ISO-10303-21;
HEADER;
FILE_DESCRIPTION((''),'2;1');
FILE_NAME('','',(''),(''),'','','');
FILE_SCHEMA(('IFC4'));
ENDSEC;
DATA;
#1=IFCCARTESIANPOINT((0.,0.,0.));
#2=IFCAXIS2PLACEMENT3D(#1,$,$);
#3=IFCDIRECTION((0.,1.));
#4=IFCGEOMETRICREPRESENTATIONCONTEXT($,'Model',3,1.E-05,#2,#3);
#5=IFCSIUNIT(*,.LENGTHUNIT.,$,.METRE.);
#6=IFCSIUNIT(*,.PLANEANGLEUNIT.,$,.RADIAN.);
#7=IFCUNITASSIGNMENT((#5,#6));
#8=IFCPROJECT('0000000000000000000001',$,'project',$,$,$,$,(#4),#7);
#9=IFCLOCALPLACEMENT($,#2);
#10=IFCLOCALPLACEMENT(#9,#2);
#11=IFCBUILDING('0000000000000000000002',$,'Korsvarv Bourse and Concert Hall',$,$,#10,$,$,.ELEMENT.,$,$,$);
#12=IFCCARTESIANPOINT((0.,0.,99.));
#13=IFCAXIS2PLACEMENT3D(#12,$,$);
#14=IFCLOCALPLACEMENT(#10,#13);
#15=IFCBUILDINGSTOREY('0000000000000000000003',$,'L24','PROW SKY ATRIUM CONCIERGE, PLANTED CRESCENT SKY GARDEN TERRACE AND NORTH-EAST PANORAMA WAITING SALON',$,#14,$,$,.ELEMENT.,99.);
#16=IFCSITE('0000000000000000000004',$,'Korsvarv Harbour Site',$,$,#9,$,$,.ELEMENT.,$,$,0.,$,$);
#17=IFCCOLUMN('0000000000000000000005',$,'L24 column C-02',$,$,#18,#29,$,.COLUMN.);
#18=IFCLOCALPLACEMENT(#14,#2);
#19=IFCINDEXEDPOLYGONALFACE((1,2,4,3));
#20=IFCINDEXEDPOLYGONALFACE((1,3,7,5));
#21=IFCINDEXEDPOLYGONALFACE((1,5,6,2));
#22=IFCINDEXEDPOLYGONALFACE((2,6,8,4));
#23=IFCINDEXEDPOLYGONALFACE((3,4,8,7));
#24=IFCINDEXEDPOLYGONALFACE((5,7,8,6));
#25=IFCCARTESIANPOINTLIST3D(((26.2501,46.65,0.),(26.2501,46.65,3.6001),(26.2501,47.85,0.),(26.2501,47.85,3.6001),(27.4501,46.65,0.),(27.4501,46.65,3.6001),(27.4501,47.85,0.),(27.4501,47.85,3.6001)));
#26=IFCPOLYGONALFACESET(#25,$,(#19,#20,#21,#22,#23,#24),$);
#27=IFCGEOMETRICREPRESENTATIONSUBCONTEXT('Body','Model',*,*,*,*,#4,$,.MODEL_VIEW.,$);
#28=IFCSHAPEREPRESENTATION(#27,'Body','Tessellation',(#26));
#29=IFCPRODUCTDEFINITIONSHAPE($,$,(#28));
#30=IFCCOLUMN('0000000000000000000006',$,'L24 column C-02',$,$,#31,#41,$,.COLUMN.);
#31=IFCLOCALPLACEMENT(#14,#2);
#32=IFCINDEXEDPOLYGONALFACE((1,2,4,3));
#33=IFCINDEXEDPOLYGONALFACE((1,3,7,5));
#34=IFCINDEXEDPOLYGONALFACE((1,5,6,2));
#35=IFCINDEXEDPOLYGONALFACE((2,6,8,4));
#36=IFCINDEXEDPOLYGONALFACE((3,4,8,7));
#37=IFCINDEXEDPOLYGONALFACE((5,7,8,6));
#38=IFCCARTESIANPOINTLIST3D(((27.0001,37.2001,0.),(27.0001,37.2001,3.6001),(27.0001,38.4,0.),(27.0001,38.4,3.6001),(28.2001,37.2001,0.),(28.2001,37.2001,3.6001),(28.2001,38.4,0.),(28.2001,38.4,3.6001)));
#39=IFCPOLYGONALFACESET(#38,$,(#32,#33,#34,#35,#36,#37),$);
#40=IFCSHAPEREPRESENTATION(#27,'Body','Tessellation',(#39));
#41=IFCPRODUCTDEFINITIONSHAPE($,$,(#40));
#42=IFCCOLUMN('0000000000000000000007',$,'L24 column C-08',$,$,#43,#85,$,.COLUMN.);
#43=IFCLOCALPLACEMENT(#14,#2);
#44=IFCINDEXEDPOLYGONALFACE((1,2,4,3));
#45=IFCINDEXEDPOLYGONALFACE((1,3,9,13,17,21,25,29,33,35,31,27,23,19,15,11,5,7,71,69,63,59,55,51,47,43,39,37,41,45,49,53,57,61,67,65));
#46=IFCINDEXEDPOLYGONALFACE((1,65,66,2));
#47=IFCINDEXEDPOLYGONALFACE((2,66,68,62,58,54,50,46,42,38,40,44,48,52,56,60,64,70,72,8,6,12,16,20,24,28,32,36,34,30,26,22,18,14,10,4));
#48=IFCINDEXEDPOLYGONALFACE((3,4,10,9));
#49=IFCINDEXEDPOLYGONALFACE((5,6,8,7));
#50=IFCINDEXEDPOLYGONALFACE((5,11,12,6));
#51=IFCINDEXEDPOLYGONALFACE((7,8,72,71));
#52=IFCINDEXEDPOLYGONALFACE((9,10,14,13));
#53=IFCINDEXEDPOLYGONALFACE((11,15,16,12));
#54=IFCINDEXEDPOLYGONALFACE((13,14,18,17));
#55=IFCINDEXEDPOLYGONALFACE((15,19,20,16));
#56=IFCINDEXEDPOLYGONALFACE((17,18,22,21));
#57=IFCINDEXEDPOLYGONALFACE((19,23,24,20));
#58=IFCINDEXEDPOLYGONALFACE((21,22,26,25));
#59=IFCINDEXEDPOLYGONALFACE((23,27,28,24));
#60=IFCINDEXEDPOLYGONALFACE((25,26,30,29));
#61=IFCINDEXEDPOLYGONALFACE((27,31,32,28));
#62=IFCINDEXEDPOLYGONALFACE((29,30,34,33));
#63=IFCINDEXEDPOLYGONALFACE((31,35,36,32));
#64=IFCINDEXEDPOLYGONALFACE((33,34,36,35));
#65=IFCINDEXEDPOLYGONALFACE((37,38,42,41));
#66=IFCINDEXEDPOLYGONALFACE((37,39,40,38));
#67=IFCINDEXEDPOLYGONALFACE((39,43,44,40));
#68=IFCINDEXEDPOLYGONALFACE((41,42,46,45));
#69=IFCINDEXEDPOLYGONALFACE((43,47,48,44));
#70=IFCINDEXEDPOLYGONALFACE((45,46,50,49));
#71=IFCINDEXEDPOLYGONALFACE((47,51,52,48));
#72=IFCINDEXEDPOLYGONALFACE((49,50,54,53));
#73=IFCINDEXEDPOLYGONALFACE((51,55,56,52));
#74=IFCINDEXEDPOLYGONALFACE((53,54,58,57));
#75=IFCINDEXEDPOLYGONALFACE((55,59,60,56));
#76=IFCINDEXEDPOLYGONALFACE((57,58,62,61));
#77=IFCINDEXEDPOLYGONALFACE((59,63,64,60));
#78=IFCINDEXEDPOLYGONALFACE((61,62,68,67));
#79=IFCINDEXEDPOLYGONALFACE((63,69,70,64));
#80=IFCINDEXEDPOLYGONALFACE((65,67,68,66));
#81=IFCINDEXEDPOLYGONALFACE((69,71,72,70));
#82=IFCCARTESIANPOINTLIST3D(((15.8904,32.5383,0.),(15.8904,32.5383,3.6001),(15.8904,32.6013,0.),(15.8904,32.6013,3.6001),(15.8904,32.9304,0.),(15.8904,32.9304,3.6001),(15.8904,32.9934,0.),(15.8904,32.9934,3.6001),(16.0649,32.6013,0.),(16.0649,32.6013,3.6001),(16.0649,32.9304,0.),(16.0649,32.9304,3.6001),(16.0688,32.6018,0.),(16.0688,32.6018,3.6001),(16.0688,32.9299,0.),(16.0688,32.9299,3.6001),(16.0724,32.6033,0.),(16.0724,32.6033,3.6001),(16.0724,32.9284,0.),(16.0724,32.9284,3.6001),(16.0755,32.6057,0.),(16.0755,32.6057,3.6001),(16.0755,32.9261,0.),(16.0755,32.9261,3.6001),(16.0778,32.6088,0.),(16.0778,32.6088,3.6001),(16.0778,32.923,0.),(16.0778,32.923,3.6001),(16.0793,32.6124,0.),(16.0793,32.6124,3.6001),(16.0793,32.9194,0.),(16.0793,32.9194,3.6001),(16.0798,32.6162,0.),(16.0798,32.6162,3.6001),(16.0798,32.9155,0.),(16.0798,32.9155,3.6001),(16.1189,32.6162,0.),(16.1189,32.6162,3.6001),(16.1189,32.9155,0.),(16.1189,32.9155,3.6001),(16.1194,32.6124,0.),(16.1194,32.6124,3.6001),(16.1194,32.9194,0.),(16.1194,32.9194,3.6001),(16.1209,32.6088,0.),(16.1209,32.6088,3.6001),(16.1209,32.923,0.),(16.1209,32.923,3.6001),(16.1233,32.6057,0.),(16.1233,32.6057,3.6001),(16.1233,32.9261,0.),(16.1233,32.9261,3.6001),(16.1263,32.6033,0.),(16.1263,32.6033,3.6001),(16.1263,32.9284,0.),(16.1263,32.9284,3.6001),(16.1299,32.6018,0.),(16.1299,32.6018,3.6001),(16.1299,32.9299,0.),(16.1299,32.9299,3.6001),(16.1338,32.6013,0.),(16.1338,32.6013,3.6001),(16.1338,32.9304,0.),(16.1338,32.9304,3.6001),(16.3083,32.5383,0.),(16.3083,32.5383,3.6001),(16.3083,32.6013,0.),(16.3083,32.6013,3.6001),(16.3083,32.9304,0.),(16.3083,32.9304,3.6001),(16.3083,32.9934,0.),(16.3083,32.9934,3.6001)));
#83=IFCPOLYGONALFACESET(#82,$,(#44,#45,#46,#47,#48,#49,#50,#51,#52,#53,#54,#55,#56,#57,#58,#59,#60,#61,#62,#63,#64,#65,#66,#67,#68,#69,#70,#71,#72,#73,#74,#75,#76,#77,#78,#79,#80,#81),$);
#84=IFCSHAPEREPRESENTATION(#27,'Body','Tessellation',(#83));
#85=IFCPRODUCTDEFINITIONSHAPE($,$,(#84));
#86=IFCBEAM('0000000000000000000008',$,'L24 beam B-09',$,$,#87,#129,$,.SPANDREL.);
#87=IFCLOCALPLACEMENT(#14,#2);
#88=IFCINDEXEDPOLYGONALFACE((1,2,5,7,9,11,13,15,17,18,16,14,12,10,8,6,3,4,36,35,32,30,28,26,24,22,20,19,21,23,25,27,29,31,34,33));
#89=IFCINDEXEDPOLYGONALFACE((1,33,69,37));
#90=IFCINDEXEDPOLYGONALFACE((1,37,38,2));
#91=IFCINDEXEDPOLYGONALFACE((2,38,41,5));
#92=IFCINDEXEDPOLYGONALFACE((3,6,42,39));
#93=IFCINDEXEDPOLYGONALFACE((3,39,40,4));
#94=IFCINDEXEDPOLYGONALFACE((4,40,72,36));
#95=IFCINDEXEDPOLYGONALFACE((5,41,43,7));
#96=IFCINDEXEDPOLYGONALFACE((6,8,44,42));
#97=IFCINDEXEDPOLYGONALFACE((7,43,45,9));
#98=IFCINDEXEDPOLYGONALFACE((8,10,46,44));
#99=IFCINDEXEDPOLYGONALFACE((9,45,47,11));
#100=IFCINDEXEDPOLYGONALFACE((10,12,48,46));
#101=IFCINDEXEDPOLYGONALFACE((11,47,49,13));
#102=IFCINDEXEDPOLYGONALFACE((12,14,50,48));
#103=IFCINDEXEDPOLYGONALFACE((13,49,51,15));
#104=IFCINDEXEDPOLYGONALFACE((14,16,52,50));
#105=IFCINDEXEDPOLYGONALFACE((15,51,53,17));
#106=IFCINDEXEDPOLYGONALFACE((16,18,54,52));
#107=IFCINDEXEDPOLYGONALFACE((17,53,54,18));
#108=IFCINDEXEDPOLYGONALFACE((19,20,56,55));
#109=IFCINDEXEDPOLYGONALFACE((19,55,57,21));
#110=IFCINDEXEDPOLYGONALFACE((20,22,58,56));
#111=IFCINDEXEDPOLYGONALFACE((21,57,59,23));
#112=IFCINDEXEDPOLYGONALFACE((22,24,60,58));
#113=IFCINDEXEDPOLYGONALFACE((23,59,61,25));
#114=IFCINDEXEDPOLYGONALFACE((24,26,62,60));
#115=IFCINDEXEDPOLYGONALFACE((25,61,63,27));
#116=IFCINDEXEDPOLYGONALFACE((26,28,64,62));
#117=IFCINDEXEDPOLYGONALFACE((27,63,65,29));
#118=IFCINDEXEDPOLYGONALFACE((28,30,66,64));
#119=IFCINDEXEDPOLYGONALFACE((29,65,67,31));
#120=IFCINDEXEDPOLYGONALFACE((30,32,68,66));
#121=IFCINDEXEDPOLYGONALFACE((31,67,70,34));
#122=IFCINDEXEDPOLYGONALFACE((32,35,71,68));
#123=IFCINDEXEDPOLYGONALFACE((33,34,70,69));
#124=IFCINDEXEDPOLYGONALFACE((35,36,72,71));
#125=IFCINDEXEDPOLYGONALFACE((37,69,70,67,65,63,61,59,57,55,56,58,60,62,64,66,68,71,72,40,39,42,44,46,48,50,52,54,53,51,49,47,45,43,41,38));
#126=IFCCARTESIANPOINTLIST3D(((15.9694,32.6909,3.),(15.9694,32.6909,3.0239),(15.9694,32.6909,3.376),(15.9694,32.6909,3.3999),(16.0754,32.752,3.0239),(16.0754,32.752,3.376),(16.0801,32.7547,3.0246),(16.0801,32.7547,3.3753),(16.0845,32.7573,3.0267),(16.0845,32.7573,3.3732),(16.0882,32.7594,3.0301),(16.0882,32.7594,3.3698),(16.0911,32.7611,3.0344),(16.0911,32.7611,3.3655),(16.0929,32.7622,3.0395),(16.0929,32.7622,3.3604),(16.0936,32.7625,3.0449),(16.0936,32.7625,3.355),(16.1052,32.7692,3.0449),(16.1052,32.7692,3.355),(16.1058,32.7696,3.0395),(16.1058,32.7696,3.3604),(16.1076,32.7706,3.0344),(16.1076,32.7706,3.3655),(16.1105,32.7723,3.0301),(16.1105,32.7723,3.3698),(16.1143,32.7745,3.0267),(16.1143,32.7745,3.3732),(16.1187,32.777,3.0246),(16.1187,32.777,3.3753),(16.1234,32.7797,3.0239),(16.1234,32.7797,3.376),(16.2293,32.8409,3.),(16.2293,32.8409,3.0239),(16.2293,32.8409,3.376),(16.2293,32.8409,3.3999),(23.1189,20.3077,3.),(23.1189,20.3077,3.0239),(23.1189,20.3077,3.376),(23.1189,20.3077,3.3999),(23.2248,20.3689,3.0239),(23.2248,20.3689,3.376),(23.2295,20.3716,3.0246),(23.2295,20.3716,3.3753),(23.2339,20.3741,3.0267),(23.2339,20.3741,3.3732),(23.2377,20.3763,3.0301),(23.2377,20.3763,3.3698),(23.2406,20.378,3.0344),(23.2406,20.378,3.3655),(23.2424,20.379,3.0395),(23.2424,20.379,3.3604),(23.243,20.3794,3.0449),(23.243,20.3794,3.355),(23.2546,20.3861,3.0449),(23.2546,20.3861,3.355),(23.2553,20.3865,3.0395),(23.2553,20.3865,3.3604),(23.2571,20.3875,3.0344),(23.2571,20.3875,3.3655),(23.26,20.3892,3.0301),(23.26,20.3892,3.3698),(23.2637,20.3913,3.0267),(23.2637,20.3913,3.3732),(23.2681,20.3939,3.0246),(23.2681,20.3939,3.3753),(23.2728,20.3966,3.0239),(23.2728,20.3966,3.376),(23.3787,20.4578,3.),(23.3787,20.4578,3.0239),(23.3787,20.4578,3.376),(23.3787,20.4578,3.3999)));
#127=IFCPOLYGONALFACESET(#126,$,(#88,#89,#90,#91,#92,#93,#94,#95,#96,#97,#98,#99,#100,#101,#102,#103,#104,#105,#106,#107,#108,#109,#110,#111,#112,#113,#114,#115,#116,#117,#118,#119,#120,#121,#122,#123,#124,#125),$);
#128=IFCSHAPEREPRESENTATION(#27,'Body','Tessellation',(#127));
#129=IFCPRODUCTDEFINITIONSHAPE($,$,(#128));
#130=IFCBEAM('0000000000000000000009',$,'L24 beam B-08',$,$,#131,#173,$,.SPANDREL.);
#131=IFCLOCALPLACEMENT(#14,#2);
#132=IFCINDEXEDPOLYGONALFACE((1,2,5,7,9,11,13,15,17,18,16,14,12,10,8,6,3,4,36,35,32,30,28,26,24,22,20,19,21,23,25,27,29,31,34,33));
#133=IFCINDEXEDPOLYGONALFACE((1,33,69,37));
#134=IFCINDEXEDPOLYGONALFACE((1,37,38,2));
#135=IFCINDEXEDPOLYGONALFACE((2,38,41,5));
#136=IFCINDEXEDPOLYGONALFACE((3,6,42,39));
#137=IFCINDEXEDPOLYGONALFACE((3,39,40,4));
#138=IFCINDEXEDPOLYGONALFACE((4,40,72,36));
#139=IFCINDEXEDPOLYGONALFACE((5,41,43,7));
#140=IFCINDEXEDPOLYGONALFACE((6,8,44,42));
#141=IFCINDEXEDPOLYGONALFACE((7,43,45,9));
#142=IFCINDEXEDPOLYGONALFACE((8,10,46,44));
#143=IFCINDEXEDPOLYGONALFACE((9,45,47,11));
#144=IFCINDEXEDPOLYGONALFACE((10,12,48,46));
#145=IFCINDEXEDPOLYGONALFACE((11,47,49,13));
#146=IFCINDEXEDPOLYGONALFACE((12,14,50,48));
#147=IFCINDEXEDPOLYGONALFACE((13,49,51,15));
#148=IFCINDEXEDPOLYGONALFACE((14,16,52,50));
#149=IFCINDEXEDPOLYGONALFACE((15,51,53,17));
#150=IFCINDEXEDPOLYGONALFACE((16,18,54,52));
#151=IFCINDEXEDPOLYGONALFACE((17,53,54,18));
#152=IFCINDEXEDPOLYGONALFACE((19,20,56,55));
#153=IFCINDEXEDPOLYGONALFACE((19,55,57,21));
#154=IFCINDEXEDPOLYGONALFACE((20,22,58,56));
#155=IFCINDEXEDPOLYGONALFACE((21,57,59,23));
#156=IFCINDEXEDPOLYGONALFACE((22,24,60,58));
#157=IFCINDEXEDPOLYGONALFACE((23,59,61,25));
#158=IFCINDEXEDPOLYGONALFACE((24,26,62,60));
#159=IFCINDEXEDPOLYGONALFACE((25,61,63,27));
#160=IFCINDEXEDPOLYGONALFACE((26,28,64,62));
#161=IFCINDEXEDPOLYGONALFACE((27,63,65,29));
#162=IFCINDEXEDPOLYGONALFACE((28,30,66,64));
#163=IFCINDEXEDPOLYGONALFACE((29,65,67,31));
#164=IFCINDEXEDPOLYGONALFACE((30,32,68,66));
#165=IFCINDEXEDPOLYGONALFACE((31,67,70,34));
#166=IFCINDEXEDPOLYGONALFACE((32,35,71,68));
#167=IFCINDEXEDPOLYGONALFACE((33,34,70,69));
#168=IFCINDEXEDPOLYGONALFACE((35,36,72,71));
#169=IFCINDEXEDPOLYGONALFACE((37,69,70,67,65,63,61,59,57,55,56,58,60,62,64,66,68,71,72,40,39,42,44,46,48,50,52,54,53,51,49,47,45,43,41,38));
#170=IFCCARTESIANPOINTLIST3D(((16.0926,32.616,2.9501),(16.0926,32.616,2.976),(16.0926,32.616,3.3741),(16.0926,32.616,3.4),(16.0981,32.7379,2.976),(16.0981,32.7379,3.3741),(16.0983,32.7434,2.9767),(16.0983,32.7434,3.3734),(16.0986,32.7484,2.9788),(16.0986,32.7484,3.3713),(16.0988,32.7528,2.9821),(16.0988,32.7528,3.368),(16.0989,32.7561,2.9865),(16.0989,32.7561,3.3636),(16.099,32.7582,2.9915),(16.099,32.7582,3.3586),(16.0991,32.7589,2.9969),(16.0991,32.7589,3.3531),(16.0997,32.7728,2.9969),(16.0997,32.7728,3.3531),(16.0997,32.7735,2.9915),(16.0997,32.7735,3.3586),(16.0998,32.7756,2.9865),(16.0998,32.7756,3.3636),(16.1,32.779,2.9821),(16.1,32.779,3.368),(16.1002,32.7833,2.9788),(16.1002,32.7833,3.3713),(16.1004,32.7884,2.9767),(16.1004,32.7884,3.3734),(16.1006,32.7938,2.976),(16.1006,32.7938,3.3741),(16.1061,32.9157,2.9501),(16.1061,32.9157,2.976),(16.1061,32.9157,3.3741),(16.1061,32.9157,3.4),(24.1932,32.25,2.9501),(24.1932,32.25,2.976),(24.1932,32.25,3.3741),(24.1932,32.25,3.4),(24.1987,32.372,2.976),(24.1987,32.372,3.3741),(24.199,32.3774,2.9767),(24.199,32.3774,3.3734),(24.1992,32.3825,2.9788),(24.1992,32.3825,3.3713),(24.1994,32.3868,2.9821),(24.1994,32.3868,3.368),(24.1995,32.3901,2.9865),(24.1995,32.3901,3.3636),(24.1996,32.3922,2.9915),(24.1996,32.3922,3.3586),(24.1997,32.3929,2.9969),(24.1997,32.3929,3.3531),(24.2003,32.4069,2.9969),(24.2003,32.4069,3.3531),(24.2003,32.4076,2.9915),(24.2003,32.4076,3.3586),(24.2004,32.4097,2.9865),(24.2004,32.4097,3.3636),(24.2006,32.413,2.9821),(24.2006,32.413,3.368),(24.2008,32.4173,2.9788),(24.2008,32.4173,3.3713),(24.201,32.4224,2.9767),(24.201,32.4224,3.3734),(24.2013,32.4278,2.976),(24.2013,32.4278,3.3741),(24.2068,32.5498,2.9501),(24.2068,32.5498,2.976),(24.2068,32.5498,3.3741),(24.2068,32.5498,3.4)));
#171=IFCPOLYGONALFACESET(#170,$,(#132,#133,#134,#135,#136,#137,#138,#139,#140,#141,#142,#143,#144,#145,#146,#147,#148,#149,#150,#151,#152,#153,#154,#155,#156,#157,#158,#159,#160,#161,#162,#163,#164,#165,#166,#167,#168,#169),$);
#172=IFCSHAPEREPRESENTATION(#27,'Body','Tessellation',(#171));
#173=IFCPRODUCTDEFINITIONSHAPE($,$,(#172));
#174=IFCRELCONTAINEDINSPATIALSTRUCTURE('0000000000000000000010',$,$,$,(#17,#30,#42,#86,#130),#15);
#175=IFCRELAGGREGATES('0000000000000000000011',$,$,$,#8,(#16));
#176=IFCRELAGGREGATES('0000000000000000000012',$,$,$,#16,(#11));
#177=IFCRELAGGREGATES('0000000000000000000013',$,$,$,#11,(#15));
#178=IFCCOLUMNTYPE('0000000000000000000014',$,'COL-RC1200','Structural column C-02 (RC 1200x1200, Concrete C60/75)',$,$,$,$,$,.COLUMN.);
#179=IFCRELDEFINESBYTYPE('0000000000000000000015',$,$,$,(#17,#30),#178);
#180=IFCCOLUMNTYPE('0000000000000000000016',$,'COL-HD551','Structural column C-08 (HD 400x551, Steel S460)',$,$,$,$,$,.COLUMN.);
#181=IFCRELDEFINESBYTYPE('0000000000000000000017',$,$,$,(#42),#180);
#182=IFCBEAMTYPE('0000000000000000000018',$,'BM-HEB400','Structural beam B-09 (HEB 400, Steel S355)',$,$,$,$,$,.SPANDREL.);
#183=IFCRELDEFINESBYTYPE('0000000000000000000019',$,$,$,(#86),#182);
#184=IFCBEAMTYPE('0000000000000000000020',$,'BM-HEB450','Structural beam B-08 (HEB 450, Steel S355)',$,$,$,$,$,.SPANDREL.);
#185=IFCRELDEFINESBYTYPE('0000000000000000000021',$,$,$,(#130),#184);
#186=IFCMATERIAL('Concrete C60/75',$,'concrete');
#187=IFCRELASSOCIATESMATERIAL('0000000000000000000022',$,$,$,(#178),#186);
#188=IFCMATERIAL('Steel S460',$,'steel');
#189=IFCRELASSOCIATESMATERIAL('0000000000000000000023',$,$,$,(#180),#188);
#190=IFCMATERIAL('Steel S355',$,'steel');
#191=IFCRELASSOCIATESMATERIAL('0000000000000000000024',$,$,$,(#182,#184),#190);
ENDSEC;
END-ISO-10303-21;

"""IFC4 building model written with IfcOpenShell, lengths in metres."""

from ifc_helpers import new_model, si_unit, direction, frame, origin, origin_2d, place, context, subcontext, project, spatial, rectangle, i_section, extrude, source, transform, mapped, material, material_profile, profile_set, type_object, element, save


model = new_model("IFC4")

# Units and contexts
model_context = context("Model", 3, precision=1e-05, world=origin(), true_north=direction((0.0, 1.0)))
body_context = subcontext(model_context, "Body", "Model", "MODEL_VIEW")
ifc_project = project(units=[si_unit("LENGTHUNIT", "METRE"), si_unit("PLANEANGLEUNIT", "RADIAN")], contexts=[model_context])

# Site, building, storey
site_placement = place(None, origin())
site = spatial("IfcSite", under=ifc_project, at=site_placement, Name="Korsvarv Harbour Site", CompositionType="ELEMENT", RefElevation=0.0)
building_placement = place(site_placement, origin())
building = spatial("IfcBuilding", under=site, at=building_placement, Name="Korsvarv Bourse and Concert Hall", CompositionType="ELEMENT")
storey_placement = place(building_placement, frame((0.0, 0.0, 99.0)))
storey = spatial("IfcBuildingStorey", under=building, at=storey_placement, Name="L24", Description="PROW SKY ATRIUM CONCIERGE, PLANTED CRESCENT SKY GARDEN TERRACE AND NORTH-EAST PANORAMA WAITING SALON", CompositionType="ELEMENT", Elevation=99.0)

# Columns
ifc_material_1 = material(Name="Concrete C60/75", Category="concrete")
ifc_material_profile_1 = material_profile(ifc_material_1, rectangle(XDim=1.2, YDim=1.2, at=origin_2d()), Name="RC 1200x1200")
ifc_profile_set_1 = profile_set([ifc_material_profile_1], Name="Concrete C60/75")
column_type_1 = type_object("IfcColumnType", Name="COL-RC1200", Description="Structural column C-02 (RC 1200x1200, Concrete C60/75)", PredefinedType="COLUMN", material=ifc_profile_set_1)
shared_shape_1 = source(origin(), body_context, "Body", "SweptSolid", [
    extrude(rectangle(XDim=1.2, YDim=1.2, at=origin_2d()), origin(), (0.0, 0.0, 1.0), 3.6001),
])
for number, where, z_axis, x_axis, name in (
    (1, (26.8501, 47.25, 0.0), (0.0, 0.0, 1.0), (1.0, 0.0, 0.0), "L24 column C-02"),
    (2, (27.6001, 37.8, 0.0), (0.0, 0.0, 1.0), (1.0, 0.0, 0.0), "L24 column C-02"),
):
    element("IfcColumn", number, at=place(storey_placement, frame(where, z_axis=z_axis, x_axis=x_axis)), inside=storey, type_object=column_type_1, Name=name, PredefinedType="COLUMN", context=body_context, shape_type="MappedRepresentation", body=[
        mapped(shared_shape_1, transform((0.0, 0.0, 0.0), scale=1.0)),
    ])
ifc_material_2 = material(Name="Steel S460", Category="steel")
ifc_material_profile_2 = material_profile(ifc_material_2, i_section(OverallWidth=0.418, OverallDepth=0.4551, WebThickness=0.0391, FlangeThickness=0.063, FilletRadius=0.0149, at=origin_2d()), Name="HD 400x551")
ifc_profile_set_2 = profile_set([ifc_material_profile_2], Name="Steel S460")
column_type_2 = type_object("IfcColumnType", Name="COL-HD551", Description="Structural column C-08 (HD 400x551, Steel S460)", PredefinedType="COLUMN", material=ifc_profile_set_2)
shared_shape_2 = source(origin(), body_context, "Body", "SweptSolid", [
    extrude(i_section(OverallWidth=0.418, OverallDepth=0.4551, WebThickness=0.0391, FlangeThickness=0.063, FilletRadius=0.0149, at=origin_2d()), origin(), (0.0, 0.0, 1.0), 3.6001),
])
column_placement = place(storey_placement, frame((16.0994, 32.7659, 0.0), z_axis=(0.0, 0.0, 1.0), x_axis=(1.0, 0.0, 0.0)))
element("IfcColumn", 3, at=column_placement, inside=storey, type_object=column_type_2, Name="L24 column C-08", PredefinedType="COLUMN", context=body_context, shape_type="MappedRepresentation", body=[
    mapped(shared_shape_2, transform((0.0, 0.0, 0.0), scale=1.0)),
])

# Beams
ifc_material_3 = material(Name="Steel S355", Category="steel")
ifc_material_profile_3 = material_profile(ifc_material_3, i_section(OverallWidth=0.3, OverallDepth=0.3999, WebThickness=0.0134, FlangeThickness=0.0239, FilletRadius=0.021, at=origin_2d()), Name="HEB 400")
ifc_profile_set_3 = profile_set([ifc_material_profile_3], Name="Steel S355")
beam_type_1 = type_object("IfcBeamType", Name="BM-HEB400", Description="Structural beam B-09 (HEB 400, Steel S355)", PredefinedType="SPANDREL", material=ifc_profile_set_3)
shared_shape_3 = source(origin(), body_context, "Body", "SweptSolid", [
    extrude(i_section(OverallWidth=0.3, OverallDepth=0.3999, WebThickness=0.0134, FlangeThickness=0.0239, FilletRadius=0.021, at=origin_2d()), origin(), (0.0, 0.0, 1.0), 14.2988),
])
beam_1_placement = place(storey_placement, frame((16.0994, 32.7659, 3.2), z_axis=(0.500003, -0.866024, 0.0), x_axis=(0.866024, 0.500003, 0.0)))
element("IfcBeam", 4, at=beam_1_placement, inside=storey, type_object=beam_type_1, Name="L24 beam B-09", PredefinedType="SPANDREL", context=body_context, shape_type="MappedRepresentation", body=[
    mapped(shared_shape_3, transform((0.0, 0.0, 0.0), scale=1.0)),
])
ifc_material_profile_4 = material_profile(ifc_material_3, i_section(OverallWidth=0.3, OverallDepth=0.45, WebThickness=0.0139, FlangeThickness=0.0259, FilletRadius=0.021, at=origin_2d()), Name="HEB 450")
ifc_profile_set_4 = profile_set([ifc_material_profile_4], Name="Steel S355")
beam_type_2 = type_object("IfcBeamType", Name="BM-HEB450", Description="Structural beam B-08 (HEB 450, Steel S355)", PredefinedType="SPANDREL", material=ifc_profile_set_4)
shared_shape_4 = source(origin(), body_context, "Body", "SweptSolid", [
    extrude(i_section(OverallWidth=0.3, OverallDepth=0.45, WebThickness=0.0139, FlangeThickness=0.0259, FilletRadius=0.021, at=origin_2d()), origin(), (0.0, 0.0, 1.0), 8.1089),
])
beam_2_placement = place(storey_placement, frame((16.0994, 32.7659, 3.175), z_axis=(0.998981, -0.045132, 0.0), x_axis=(0.045132, 0.998981, 0.0)))
element("IfcBeam", 5, at=beam_2_placement, inside=storey, type_object=beam_type_2, Name="L24 beam B-08", PredefinedType="SPANDREL", context=body_context, shape_type="MappedRepresentation", body=[
    mapped(shared_shape_4, transform((0.0, 0.0, 0.0), scale=1.0)),
])

save(model, "model.ifc")
